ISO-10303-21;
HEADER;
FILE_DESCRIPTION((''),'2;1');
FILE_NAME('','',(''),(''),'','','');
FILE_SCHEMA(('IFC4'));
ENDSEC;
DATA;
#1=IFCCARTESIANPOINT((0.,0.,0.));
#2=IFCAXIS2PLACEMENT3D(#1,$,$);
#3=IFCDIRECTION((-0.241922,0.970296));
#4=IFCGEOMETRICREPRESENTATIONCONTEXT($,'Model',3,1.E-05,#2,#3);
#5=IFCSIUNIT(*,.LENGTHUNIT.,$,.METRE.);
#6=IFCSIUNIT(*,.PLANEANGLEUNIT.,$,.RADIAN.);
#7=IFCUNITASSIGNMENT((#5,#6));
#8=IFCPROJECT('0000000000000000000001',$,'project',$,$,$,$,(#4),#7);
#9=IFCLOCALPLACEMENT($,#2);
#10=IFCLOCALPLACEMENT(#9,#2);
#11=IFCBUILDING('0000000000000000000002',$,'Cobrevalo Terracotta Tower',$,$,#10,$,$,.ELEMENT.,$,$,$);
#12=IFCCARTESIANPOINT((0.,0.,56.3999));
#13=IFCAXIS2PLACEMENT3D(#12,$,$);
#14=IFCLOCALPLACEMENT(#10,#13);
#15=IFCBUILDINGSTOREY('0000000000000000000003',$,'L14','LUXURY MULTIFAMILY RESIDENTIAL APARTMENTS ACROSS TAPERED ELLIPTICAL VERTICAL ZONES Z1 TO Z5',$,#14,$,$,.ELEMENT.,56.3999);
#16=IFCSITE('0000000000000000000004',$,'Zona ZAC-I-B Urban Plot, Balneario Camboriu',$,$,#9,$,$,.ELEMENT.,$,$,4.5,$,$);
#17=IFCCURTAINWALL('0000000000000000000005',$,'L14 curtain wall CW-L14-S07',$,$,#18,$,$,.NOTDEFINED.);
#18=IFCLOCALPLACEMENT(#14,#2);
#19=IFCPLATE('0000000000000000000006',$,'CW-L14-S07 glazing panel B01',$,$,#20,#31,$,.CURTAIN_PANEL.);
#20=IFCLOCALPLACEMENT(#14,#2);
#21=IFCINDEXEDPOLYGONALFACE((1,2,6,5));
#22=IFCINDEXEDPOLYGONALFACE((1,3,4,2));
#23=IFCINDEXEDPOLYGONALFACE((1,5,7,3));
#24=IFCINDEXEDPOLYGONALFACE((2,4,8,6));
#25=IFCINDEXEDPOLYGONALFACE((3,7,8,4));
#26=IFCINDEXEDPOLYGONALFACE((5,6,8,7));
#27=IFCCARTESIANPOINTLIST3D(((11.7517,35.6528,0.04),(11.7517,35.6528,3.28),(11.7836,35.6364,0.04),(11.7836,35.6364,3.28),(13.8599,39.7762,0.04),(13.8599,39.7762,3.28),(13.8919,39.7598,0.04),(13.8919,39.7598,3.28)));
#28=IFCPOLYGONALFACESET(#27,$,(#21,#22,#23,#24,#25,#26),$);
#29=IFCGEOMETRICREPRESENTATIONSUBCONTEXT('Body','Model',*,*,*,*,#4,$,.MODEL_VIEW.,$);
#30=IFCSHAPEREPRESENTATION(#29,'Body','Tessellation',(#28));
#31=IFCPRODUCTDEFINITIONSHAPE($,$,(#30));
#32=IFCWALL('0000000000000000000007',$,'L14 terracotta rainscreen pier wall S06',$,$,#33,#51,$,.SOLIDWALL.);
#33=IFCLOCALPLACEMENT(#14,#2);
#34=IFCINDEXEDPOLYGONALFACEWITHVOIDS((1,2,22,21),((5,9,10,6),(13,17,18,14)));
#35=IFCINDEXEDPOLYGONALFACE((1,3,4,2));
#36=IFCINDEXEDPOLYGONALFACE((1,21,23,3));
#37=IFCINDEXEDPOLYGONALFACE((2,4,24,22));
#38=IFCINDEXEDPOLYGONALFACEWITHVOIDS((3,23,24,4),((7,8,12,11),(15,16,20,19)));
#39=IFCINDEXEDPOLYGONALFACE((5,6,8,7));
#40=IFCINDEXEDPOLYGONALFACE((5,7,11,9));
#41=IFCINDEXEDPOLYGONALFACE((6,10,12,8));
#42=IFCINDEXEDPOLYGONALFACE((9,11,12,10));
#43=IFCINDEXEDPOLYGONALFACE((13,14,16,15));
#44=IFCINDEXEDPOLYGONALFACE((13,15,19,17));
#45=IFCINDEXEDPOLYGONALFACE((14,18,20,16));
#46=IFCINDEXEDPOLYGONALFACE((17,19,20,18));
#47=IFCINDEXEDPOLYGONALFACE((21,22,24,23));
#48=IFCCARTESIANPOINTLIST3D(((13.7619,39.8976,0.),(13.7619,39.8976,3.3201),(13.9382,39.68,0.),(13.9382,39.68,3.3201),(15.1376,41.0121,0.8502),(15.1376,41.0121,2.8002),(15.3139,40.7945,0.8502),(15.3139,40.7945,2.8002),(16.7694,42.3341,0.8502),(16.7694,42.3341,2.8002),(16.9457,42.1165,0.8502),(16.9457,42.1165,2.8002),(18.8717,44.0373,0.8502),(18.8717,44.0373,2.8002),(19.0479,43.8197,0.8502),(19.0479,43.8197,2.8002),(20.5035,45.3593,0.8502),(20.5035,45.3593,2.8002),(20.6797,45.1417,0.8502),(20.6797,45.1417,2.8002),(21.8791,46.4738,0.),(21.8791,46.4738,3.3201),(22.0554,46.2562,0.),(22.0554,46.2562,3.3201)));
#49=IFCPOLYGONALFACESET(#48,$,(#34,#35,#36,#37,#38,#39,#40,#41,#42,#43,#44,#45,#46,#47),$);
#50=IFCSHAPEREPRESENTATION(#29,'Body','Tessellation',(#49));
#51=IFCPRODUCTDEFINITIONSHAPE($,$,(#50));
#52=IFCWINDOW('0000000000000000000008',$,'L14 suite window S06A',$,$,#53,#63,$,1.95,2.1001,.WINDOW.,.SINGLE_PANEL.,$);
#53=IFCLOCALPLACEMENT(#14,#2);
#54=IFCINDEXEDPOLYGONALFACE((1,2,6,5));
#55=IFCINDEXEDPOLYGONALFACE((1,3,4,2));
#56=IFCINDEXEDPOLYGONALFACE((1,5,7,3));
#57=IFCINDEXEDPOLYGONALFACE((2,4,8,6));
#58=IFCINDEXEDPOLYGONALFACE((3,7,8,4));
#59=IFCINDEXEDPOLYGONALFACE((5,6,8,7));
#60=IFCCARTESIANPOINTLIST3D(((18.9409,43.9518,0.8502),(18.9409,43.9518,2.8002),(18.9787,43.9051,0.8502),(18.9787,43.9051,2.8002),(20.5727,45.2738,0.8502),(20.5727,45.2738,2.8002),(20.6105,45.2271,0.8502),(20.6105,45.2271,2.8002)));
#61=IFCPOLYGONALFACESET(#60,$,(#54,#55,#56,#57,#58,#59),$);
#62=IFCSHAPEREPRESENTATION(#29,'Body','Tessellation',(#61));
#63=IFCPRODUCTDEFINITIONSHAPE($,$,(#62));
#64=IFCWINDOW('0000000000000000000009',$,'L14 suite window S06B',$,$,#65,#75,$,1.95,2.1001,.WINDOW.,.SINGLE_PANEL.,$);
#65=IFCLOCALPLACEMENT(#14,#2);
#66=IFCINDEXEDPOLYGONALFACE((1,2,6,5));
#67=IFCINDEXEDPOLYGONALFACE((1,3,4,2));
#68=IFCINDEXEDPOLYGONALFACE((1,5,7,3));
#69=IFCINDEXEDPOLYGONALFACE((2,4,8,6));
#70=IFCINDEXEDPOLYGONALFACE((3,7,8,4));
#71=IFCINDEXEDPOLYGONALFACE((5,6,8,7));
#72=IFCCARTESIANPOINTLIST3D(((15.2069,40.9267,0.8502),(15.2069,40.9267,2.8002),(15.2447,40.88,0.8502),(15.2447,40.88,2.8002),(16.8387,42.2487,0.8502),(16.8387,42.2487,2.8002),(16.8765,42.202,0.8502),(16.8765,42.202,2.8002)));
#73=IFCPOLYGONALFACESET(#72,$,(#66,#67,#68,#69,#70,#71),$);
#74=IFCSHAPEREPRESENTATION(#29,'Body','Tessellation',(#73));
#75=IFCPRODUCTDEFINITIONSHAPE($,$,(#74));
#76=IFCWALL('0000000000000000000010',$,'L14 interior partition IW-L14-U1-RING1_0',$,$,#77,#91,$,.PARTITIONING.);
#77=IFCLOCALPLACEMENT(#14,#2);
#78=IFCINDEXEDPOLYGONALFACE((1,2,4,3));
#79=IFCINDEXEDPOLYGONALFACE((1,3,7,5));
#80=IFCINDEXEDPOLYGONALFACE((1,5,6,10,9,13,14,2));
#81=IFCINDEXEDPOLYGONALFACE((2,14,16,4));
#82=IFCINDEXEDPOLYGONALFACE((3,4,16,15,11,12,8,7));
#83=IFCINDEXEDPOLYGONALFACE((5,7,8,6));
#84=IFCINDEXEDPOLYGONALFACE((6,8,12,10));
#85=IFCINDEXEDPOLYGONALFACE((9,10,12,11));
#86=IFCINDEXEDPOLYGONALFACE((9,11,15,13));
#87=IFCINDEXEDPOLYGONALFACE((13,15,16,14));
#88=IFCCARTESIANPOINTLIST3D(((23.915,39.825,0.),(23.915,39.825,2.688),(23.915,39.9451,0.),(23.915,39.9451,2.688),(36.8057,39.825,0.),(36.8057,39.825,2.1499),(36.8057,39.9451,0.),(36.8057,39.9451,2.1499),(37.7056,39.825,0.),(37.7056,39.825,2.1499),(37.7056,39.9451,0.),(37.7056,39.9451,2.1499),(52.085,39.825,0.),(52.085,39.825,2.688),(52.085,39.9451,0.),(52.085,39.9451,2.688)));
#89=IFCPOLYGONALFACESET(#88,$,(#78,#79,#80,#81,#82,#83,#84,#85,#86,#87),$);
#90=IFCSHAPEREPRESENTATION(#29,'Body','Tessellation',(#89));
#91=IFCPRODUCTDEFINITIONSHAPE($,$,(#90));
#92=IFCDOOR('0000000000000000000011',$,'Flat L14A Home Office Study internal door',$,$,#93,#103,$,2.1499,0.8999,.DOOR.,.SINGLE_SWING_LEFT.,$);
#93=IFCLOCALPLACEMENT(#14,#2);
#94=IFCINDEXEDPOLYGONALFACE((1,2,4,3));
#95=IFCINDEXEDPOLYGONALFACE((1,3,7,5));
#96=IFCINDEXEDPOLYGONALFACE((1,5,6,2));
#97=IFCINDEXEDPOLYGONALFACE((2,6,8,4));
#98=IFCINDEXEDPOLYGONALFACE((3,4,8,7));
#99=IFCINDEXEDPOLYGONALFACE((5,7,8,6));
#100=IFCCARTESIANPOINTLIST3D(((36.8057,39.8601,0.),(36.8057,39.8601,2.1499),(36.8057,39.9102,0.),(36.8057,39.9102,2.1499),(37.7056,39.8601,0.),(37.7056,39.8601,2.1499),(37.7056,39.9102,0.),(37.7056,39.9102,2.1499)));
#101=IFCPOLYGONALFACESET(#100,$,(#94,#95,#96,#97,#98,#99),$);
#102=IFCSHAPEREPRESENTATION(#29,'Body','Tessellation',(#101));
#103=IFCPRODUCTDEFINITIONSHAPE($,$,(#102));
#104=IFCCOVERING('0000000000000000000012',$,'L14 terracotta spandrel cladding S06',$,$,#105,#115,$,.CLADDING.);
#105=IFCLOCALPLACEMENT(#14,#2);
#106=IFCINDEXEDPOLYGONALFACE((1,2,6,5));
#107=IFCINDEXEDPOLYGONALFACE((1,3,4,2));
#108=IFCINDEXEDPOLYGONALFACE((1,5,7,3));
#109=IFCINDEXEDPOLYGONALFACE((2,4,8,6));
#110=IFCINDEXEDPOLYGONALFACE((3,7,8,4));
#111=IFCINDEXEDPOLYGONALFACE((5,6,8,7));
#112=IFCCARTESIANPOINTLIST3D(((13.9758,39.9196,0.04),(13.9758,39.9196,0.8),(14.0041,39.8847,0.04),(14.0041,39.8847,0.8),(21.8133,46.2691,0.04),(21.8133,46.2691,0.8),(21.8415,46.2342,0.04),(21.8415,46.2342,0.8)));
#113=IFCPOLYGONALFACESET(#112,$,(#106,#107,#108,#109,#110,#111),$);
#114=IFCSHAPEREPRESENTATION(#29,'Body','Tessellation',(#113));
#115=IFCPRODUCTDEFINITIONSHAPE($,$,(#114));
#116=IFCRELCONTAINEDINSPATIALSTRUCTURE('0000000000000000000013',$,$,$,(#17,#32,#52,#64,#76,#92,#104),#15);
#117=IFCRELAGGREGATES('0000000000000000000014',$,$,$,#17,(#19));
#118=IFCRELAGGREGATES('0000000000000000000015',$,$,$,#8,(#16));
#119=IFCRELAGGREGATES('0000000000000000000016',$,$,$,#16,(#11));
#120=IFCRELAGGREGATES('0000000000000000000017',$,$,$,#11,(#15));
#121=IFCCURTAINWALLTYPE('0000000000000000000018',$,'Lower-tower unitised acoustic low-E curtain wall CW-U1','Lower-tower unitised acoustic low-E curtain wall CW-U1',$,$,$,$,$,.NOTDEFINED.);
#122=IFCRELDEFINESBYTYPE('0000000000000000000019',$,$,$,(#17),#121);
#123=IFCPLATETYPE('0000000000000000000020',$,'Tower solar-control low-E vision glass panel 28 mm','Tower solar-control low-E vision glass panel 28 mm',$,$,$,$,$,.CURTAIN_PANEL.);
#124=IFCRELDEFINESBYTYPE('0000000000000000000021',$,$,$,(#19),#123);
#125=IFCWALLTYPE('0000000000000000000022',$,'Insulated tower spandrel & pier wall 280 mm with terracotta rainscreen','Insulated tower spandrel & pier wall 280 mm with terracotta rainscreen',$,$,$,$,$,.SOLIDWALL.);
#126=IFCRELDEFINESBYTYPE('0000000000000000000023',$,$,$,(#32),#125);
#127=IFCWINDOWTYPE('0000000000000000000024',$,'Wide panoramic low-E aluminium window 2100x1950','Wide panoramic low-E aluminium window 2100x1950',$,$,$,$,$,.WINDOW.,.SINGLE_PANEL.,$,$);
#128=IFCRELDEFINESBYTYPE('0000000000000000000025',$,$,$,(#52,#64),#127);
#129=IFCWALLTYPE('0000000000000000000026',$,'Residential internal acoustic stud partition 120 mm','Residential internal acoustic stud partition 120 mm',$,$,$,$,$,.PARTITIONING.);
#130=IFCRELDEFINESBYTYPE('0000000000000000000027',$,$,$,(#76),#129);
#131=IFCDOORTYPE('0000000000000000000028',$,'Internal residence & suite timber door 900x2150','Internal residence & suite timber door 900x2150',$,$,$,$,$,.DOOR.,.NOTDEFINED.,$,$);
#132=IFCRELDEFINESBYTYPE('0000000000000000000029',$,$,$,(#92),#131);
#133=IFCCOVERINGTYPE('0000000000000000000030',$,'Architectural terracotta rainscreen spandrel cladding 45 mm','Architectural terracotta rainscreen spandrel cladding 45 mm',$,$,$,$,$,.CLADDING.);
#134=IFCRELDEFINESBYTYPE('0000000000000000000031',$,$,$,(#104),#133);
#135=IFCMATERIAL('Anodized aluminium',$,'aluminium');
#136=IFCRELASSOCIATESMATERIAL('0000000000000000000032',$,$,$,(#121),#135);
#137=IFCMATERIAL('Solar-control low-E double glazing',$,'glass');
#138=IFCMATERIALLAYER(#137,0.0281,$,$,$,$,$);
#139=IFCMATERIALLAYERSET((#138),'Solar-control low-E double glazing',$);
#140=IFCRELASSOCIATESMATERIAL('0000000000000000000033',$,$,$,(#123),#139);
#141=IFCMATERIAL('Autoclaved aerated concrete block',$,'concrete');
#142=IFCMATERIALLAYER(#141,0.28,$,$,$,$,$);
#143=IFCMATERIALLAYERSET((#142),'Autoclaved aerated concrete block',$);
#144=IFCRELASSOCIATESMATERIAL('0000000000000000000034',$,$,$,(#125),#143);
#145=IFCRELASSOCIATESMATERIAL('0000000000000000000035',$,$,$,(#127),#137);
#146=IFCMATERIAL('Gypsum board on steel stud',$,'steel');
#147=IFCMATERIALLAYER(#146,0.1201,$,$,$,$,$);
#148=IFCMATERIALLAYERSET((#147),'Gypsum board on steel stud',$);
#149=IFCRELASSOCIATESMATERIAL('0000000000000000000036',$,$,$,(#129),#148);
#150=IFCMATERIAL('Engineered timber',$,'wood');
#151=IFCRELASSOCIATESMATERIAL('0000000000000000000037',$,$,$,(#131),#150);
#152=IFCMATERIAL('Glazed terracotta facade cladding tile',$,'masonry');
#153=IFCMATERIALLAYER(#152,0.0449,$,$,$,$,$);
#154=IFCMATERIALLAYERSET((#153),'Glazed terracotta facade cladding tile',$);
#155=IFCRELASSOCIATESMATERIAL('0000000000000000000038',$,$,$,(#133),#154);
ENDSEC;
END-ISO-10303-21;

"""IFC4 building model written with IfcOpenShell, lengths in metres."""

from ifc_helpers import new_model, si_unit, direction, frame, frame_2d, origin, origin_2d, place, context, subcontext, project, spatial, rectangle, extrude, source, transform, mapped, material, layer, layer_set, type_object, element, fill, aggregate, save


model = new_model("IFC4")

# Units and contexts
model_context = context("Model", 3, precision=1e-05, world=origin(), true_north=direction((-0.241922, 0.970296)))
body_context = subcontext(model_context, "Body", "Model", "MODEL_VIEW")
ifc_project = project(units=[si_unit("LENGTHUNIT", "METRE"), si_unit("PLANEANGLEUNIT", "RADIAN")], contexts=[model_context])

# Site, building, storey
site_placement = place(None, origin())
site = spatial("IfcSite", under=ifc_project, at=site_placement, Name="Zona ZAC-I-B Urban Plot, Balneario Camboriu", CompositionType="ELEMENT", RefElevation=4.5)
building_placement = place(site_placement, origin())
building = spatial("IfcBuilding", under=site, at=building_placement, Name="Cobrevalo Terracotta Tower", CompositionType="ELEMENT")
storey_placement = place(building_placement, frame((0.0, 0.0, 56.3999)))
storey = spatial("IfcBuildingStorey", under=building, at=storey_placement, Name="L14", Description="LUXURY MULTIFAMILY RESIDENTIAL APARTMENTS ACROSS TAPERED ELLIPTICAL VERTICAL ZONES Z1 TO Z5", CompositionType="ELEMENT", Elevation=56.3999)

# Shared definitions
ifc_material_1 = material(Name="Anodized aluminium", Category="aluminium")
curtain_wall_type = type_object("IfcCurtainWallType", Name="Lower-tower unitised acoustic low-E curtain wall CW-U1", Description="Lower-tower unitised acoustic low-E curtain wall CW-U1", PredefinedType="NOTDEFINED", material=ifc_material_1)

# Curtain wall
curtain_wall_1_placement = place(storey_placement, origin())
curtain_wall_1 = element("IfcCurtainWall", 1, at=curtain_wall_1_placement, inside=storey, type_object=curtain_wall_type, Name="L14 curtain wall CW-L14-S07", PredefinedType="NOTDEFINED")

# Plate
ifc_material_2 = material(Name="Solar-control low-E double glazing", Category="glass")
ifc_layer_1 = layer(ifc_material_2, 0.0281)
ifc_layer_set_1 = layer_set([ifc_layer_1], Name="Solar-control low-E double glazing")
plate_type = type_object("IfcPlateType", Name="Tower solar-control low-E vision glass panel 28 mm", Description="Tower solar-control low-E vision glass panel 28 mm", PredefinedType="CURTAIN_PANEL", material=ifc_layer_set_1)
shared_shape_1 = source(origin(), body_context, "Body", "SweptSolid", [
    extrude(rectangle(XDim=4.6311, YDim=0.0359, at=origin_2d()), origin(), (0.0, 0.0, 1.0), 3.24),
])
plate_1_placement = place(storey_placement, frame((12.8218, 37.7063, 0.04), z_axis=(0.0, 0.0, 1.0), x_axis=(-0.455231, -0.890373, 0.0)))
plate_1 = element("IfcPlate", 2, at=plate_1_placement, type_object=plate_type, Name="CW-L14-S07 glazing panel B01", PredefinedType="CURTAIN_PANEL", context=body_context, shape_type="MappedRepresentation", body=[
    mapped(shared_shape_1, transform((0.0, 0.0, 0.0), scale=1.0)),
])
aggregate(curtain_wall_1, [plate_1])

# Wall, openings, windows
ifc_material_3 = material(Name="Autoclaved aerated concrete block", Category="concrete")
ifc_layer_2 = layer(ifc_material_3, 0.28)
ifc_layer_set_2 = layer_set([ifc_layer_2], Name="Autoclaved aerated concrete block")
wall_type_1 = type_object("IfcWallType", Name="Insulated tower spandrel & pier wall 280 mm with terracotta rainscreen", Description="Insulated tower spandrel & pier wall 280 mm with terracotta rainscreen", PredefinedType="SOLIDWALL", material=ifc_layer_set_2)
wall_1_placement = place(storey_placement, frame((21.9673, 46.365, 0.0), z_axis=(0.0, 0.0, 1.0), x_axis=(-0.777005, -0.629494, 0.0)))
wall_1 = element("IfcWall", 3, at=wall_1_placement, inside=storey, type_object=wall_type_1, Name="L14 terracotta rainscreen pier wall S06", PredefinedType="SOLIDWALL", context=body_context, shape_type="SweptSolid", body=[
    extrude(rectangle(XDim=10.4468, YDim=0.28, at=frame_2d((5.2234, 0.0))), origin(), (0.0, 0.0, 1.0), 3.3201),
])
opening_1_placement = place(wall_1_placement, frame((1.7705, 0.0, 0.8501)))
opening_1 = element("IfcOpeningElement", 4, at=opening_1_placement, cuts=wall_1, PredefinedType="OPENING", context=body_context, shape_type="SweptSolid", body=[
    extrude(rectangle(XDim=2.1001, YDim=1.95, at=frame_2d((1.05, 0.9751))), frame((0.0, 0.1499, 0.0), z_axis=(0.0, -1.0, 0.0), x_axis=(1.0, 0.0, 0.0)), (0.0, 0.0, 1.0), 0.3),
])
opening_2_placement = place(wall_1_placement, frame((6.5762, 0.0, 0.8501)))
opening_2 = element("IfcOpeningElement", 5, at=opening_2_placement, cuts=wall_1, PredefinedType="OPENING", context=body_context, shape_type="SweptSolid", body=[
    extrude(rectangle(XDim=2.1001, YDim=1.95, at=frame_2d((1.05, 0.9751))), frame((0.0, 0.1499, 0.0), z_axis=(0.0, -1.0, 0.0), x_axis=(1.0, 0.0, 0.0)), (0.0, 0.0, 1.0), 0.3),
])
window_type = type_object("IfcWindowType", Name="Wide panoramic low-E aluminium window 2100x1950", Description="Wide panoramic low-E aluminium window 2100x1950", PartitioningType="SINGLE_PANEL", PredefinedType="WINDOW", material=ifc_material_2)
shared_shape_2 = source(origin(), body_context, "Body", "SweptSolid", [
    extrude(rectangle(XDim=2.1001, YDim=1.95, at=frame_2d((1.05, 0.9751))), frame((0.0, 0.03, 0.0), z_axis=(0.0, -1.0, 0.0), x_axis=(1.0, 0.0, 0.0)), (0.0, 0.0, 1.0), 0.0601),
])
window_1_placement = place(opening_1_placement, origin())
window_1 = element("IfcWindow", 6, at=window_1_placement, inside=storey, type_object=window_type, Name="L14 suite window S06A", OverallHeight=1.95, OverallWidth=2.1001, PartitioningType="SINGLE_PANEL", PredefinedType="WINDOW", context=body_context, shape_type="MappedRepresentation", body=[
    mapped(shared_shape_2, transform((0.0, 0.0, 0.0), scale=1.0)),
])
fill(opening_1, window_1)
window_2_placement = place(opening_2_placement, origin())
window_2 = element("IfcWindow", 7, at=window_2_placement, inside=storey, type_object=window_type, Name="L14 suite window S06B", OverallHeight=1.95, OverallWidth=2.1001, PartitioningType="SINGLE_PANEL", PredefinedType="WINDOW", context=body_context, shape_type="MappedRepresentation", body=[
    mapped(shared_shape_2, transform((0.0, 0.0, 0.0), scale=1.0)),
])
fill(opening_2, window_2)

# Wall, opening, door
ifc_material_4 = material(Name="Gypsum board on steel stud", Category="steel")
ifc_layer_3 = layer(ifc_material_4, 0.1201)
ifc_layer_set_3 = layer_set([ifc_layer_3], Name="Gypsum board on steel stud")
wall_type_2 = type_object("IfcWallType", Name="Residential internal acoustic stud partition 120 mm", Description="Residential internal acoustic stud partition 120 mm", PredefinedType="PARTITIONING", material=ifc_layer_set_3)
wall_2_placement = place(storey_placement, frame((23.915, 39.885, 0.0), z_axis=(0.0, 0.0, 1.0), x_axis=(1.0, 0.0, 0.0)))
wall_2 = element("IfcWall", 8, at=wall_2_placement, inside=storey, type_object=wall_type_2, Name="L14 interior partition IW-L14-U1-RING1_0", PredefinedType="PARTITIONING", context=body_context, shape_type="SweptSolid", body=[
    extrude(rectangle(XDim=28.1699, YDim=0.1201, at=frame_2d((14.085, 0.0))), origin(), (0.0, 0.0, 1.0), 2.688),
])
opening_3_placement = place(wall_2_placement, frame((12.8906, 0.0, 0.0)))
opening_3 = element("IfcOpeningElement", 9, at=opening_3_placement, cuts=wall_2, PredefinedType="OPENING", context=body_context, shape_type="SweptSolid", body=[
    extrude(rectangle(XDim=0.8999, YDim=2.1499, at=frame_2d((0.45, 1.075))), frame((0.0, 0.0701, 0.0), z_axis=(0.0, -1.0, 0.0), x_axis=(1.0, 0.0, 0.0)), (0.0, 0.0, 1.0), 0.1401),
])
ifc_material_5 = material(Name="Engineered timber", Category="wood")
door_type = type_object("IfcDoorType", Name="Internal residence & suite timber door 900x2150", Description="Internal residence & suite timber door 900x2150", OperationType="NOTDEFINED", PredefinedType="DOOR", material=ifc_material_5)
shared_shape_3 = source(origin(), body_context, "Body", "SweptSolid", [
    extrude(rectangle(XDim=0.8999, YDim=2.1499, at=frame_2d((0.45, 1.075))), frame((0.0, 0.0249, 0.0), z_axis=(0.0, -1.0, 0.0), x_axis=(1.0, 0.0, 0.0)), (0.0, 0.0, 1.0), 0.05),
])
door_placement = place(opening_3_placement, frame((0.8999, 0.0, 0.0), z_axis=(0.0, 0.0, 1.0), x_axis=(-1.0, 0.0, 0.0)))
door = element("IfcDoor", 10, at=door_placement, inside=storey, type_object=door_type, Name="Flat L14A Home Office Study internal door", OperationType="SINGLE_SWING_LEFT", OverallHeight=2.1499, OverallWidth=0.8999, PredefinedType="DOOR", context=body_context, shape_type="MappedRepresentation", body=[
    mapped(shared_shape_3, transform((0.0, 0.0, 0.0), scale=1.0)),
])
fill(opening_3, door)

# Covering
ifc_material_6 = material(Name="Glazed terracotta facade cladding tile", Category="masonry")
ifc_layer_4 = layer(ifc_material_6, 0.0449)
ifc_layer_set_4 = layer_set([ifc_layer_4], Name="Glazed terracotta facade cladding tile")
covering_type = type_object("IfcCoveringType", Name="Architectural terracotta rainscreen spandrel cladding 45 mm", Description="Architectural terracotta rainscreen spandrel cladding 45 mm", PredefinedType="CLADDING", material=ifc_layer_set_4)
shared_shape_4 = source(origin(), body_context, "Body", "SweptSolid", [
    extrude(rectangle(XDim=10.0867, YDim=0.0449, at=origin_2d()), origin(), (0.0, 0.0, 1.0), 0.76),
])
covering_placement = place(storey_placement, frame((17.9087, 43.0769, 0.04), z_axis=(0.0, 0.0, 1.0), x_axis=(-0.777008, -0.629491, 0.0)))
element("IfcCovering", 11, at=covering_placement, inside=storey, type_object=covering_type, Name="L14 terracotta spandrel cladding S06", PredefinedType="CLADDING", context=body_context, shape_type="MappedRepresentation", body=[
    mapped(shared_shape_4, transform((0.0, 0.0, 0.0), scale=1.0)),
])

save(model, "model.ifc")
